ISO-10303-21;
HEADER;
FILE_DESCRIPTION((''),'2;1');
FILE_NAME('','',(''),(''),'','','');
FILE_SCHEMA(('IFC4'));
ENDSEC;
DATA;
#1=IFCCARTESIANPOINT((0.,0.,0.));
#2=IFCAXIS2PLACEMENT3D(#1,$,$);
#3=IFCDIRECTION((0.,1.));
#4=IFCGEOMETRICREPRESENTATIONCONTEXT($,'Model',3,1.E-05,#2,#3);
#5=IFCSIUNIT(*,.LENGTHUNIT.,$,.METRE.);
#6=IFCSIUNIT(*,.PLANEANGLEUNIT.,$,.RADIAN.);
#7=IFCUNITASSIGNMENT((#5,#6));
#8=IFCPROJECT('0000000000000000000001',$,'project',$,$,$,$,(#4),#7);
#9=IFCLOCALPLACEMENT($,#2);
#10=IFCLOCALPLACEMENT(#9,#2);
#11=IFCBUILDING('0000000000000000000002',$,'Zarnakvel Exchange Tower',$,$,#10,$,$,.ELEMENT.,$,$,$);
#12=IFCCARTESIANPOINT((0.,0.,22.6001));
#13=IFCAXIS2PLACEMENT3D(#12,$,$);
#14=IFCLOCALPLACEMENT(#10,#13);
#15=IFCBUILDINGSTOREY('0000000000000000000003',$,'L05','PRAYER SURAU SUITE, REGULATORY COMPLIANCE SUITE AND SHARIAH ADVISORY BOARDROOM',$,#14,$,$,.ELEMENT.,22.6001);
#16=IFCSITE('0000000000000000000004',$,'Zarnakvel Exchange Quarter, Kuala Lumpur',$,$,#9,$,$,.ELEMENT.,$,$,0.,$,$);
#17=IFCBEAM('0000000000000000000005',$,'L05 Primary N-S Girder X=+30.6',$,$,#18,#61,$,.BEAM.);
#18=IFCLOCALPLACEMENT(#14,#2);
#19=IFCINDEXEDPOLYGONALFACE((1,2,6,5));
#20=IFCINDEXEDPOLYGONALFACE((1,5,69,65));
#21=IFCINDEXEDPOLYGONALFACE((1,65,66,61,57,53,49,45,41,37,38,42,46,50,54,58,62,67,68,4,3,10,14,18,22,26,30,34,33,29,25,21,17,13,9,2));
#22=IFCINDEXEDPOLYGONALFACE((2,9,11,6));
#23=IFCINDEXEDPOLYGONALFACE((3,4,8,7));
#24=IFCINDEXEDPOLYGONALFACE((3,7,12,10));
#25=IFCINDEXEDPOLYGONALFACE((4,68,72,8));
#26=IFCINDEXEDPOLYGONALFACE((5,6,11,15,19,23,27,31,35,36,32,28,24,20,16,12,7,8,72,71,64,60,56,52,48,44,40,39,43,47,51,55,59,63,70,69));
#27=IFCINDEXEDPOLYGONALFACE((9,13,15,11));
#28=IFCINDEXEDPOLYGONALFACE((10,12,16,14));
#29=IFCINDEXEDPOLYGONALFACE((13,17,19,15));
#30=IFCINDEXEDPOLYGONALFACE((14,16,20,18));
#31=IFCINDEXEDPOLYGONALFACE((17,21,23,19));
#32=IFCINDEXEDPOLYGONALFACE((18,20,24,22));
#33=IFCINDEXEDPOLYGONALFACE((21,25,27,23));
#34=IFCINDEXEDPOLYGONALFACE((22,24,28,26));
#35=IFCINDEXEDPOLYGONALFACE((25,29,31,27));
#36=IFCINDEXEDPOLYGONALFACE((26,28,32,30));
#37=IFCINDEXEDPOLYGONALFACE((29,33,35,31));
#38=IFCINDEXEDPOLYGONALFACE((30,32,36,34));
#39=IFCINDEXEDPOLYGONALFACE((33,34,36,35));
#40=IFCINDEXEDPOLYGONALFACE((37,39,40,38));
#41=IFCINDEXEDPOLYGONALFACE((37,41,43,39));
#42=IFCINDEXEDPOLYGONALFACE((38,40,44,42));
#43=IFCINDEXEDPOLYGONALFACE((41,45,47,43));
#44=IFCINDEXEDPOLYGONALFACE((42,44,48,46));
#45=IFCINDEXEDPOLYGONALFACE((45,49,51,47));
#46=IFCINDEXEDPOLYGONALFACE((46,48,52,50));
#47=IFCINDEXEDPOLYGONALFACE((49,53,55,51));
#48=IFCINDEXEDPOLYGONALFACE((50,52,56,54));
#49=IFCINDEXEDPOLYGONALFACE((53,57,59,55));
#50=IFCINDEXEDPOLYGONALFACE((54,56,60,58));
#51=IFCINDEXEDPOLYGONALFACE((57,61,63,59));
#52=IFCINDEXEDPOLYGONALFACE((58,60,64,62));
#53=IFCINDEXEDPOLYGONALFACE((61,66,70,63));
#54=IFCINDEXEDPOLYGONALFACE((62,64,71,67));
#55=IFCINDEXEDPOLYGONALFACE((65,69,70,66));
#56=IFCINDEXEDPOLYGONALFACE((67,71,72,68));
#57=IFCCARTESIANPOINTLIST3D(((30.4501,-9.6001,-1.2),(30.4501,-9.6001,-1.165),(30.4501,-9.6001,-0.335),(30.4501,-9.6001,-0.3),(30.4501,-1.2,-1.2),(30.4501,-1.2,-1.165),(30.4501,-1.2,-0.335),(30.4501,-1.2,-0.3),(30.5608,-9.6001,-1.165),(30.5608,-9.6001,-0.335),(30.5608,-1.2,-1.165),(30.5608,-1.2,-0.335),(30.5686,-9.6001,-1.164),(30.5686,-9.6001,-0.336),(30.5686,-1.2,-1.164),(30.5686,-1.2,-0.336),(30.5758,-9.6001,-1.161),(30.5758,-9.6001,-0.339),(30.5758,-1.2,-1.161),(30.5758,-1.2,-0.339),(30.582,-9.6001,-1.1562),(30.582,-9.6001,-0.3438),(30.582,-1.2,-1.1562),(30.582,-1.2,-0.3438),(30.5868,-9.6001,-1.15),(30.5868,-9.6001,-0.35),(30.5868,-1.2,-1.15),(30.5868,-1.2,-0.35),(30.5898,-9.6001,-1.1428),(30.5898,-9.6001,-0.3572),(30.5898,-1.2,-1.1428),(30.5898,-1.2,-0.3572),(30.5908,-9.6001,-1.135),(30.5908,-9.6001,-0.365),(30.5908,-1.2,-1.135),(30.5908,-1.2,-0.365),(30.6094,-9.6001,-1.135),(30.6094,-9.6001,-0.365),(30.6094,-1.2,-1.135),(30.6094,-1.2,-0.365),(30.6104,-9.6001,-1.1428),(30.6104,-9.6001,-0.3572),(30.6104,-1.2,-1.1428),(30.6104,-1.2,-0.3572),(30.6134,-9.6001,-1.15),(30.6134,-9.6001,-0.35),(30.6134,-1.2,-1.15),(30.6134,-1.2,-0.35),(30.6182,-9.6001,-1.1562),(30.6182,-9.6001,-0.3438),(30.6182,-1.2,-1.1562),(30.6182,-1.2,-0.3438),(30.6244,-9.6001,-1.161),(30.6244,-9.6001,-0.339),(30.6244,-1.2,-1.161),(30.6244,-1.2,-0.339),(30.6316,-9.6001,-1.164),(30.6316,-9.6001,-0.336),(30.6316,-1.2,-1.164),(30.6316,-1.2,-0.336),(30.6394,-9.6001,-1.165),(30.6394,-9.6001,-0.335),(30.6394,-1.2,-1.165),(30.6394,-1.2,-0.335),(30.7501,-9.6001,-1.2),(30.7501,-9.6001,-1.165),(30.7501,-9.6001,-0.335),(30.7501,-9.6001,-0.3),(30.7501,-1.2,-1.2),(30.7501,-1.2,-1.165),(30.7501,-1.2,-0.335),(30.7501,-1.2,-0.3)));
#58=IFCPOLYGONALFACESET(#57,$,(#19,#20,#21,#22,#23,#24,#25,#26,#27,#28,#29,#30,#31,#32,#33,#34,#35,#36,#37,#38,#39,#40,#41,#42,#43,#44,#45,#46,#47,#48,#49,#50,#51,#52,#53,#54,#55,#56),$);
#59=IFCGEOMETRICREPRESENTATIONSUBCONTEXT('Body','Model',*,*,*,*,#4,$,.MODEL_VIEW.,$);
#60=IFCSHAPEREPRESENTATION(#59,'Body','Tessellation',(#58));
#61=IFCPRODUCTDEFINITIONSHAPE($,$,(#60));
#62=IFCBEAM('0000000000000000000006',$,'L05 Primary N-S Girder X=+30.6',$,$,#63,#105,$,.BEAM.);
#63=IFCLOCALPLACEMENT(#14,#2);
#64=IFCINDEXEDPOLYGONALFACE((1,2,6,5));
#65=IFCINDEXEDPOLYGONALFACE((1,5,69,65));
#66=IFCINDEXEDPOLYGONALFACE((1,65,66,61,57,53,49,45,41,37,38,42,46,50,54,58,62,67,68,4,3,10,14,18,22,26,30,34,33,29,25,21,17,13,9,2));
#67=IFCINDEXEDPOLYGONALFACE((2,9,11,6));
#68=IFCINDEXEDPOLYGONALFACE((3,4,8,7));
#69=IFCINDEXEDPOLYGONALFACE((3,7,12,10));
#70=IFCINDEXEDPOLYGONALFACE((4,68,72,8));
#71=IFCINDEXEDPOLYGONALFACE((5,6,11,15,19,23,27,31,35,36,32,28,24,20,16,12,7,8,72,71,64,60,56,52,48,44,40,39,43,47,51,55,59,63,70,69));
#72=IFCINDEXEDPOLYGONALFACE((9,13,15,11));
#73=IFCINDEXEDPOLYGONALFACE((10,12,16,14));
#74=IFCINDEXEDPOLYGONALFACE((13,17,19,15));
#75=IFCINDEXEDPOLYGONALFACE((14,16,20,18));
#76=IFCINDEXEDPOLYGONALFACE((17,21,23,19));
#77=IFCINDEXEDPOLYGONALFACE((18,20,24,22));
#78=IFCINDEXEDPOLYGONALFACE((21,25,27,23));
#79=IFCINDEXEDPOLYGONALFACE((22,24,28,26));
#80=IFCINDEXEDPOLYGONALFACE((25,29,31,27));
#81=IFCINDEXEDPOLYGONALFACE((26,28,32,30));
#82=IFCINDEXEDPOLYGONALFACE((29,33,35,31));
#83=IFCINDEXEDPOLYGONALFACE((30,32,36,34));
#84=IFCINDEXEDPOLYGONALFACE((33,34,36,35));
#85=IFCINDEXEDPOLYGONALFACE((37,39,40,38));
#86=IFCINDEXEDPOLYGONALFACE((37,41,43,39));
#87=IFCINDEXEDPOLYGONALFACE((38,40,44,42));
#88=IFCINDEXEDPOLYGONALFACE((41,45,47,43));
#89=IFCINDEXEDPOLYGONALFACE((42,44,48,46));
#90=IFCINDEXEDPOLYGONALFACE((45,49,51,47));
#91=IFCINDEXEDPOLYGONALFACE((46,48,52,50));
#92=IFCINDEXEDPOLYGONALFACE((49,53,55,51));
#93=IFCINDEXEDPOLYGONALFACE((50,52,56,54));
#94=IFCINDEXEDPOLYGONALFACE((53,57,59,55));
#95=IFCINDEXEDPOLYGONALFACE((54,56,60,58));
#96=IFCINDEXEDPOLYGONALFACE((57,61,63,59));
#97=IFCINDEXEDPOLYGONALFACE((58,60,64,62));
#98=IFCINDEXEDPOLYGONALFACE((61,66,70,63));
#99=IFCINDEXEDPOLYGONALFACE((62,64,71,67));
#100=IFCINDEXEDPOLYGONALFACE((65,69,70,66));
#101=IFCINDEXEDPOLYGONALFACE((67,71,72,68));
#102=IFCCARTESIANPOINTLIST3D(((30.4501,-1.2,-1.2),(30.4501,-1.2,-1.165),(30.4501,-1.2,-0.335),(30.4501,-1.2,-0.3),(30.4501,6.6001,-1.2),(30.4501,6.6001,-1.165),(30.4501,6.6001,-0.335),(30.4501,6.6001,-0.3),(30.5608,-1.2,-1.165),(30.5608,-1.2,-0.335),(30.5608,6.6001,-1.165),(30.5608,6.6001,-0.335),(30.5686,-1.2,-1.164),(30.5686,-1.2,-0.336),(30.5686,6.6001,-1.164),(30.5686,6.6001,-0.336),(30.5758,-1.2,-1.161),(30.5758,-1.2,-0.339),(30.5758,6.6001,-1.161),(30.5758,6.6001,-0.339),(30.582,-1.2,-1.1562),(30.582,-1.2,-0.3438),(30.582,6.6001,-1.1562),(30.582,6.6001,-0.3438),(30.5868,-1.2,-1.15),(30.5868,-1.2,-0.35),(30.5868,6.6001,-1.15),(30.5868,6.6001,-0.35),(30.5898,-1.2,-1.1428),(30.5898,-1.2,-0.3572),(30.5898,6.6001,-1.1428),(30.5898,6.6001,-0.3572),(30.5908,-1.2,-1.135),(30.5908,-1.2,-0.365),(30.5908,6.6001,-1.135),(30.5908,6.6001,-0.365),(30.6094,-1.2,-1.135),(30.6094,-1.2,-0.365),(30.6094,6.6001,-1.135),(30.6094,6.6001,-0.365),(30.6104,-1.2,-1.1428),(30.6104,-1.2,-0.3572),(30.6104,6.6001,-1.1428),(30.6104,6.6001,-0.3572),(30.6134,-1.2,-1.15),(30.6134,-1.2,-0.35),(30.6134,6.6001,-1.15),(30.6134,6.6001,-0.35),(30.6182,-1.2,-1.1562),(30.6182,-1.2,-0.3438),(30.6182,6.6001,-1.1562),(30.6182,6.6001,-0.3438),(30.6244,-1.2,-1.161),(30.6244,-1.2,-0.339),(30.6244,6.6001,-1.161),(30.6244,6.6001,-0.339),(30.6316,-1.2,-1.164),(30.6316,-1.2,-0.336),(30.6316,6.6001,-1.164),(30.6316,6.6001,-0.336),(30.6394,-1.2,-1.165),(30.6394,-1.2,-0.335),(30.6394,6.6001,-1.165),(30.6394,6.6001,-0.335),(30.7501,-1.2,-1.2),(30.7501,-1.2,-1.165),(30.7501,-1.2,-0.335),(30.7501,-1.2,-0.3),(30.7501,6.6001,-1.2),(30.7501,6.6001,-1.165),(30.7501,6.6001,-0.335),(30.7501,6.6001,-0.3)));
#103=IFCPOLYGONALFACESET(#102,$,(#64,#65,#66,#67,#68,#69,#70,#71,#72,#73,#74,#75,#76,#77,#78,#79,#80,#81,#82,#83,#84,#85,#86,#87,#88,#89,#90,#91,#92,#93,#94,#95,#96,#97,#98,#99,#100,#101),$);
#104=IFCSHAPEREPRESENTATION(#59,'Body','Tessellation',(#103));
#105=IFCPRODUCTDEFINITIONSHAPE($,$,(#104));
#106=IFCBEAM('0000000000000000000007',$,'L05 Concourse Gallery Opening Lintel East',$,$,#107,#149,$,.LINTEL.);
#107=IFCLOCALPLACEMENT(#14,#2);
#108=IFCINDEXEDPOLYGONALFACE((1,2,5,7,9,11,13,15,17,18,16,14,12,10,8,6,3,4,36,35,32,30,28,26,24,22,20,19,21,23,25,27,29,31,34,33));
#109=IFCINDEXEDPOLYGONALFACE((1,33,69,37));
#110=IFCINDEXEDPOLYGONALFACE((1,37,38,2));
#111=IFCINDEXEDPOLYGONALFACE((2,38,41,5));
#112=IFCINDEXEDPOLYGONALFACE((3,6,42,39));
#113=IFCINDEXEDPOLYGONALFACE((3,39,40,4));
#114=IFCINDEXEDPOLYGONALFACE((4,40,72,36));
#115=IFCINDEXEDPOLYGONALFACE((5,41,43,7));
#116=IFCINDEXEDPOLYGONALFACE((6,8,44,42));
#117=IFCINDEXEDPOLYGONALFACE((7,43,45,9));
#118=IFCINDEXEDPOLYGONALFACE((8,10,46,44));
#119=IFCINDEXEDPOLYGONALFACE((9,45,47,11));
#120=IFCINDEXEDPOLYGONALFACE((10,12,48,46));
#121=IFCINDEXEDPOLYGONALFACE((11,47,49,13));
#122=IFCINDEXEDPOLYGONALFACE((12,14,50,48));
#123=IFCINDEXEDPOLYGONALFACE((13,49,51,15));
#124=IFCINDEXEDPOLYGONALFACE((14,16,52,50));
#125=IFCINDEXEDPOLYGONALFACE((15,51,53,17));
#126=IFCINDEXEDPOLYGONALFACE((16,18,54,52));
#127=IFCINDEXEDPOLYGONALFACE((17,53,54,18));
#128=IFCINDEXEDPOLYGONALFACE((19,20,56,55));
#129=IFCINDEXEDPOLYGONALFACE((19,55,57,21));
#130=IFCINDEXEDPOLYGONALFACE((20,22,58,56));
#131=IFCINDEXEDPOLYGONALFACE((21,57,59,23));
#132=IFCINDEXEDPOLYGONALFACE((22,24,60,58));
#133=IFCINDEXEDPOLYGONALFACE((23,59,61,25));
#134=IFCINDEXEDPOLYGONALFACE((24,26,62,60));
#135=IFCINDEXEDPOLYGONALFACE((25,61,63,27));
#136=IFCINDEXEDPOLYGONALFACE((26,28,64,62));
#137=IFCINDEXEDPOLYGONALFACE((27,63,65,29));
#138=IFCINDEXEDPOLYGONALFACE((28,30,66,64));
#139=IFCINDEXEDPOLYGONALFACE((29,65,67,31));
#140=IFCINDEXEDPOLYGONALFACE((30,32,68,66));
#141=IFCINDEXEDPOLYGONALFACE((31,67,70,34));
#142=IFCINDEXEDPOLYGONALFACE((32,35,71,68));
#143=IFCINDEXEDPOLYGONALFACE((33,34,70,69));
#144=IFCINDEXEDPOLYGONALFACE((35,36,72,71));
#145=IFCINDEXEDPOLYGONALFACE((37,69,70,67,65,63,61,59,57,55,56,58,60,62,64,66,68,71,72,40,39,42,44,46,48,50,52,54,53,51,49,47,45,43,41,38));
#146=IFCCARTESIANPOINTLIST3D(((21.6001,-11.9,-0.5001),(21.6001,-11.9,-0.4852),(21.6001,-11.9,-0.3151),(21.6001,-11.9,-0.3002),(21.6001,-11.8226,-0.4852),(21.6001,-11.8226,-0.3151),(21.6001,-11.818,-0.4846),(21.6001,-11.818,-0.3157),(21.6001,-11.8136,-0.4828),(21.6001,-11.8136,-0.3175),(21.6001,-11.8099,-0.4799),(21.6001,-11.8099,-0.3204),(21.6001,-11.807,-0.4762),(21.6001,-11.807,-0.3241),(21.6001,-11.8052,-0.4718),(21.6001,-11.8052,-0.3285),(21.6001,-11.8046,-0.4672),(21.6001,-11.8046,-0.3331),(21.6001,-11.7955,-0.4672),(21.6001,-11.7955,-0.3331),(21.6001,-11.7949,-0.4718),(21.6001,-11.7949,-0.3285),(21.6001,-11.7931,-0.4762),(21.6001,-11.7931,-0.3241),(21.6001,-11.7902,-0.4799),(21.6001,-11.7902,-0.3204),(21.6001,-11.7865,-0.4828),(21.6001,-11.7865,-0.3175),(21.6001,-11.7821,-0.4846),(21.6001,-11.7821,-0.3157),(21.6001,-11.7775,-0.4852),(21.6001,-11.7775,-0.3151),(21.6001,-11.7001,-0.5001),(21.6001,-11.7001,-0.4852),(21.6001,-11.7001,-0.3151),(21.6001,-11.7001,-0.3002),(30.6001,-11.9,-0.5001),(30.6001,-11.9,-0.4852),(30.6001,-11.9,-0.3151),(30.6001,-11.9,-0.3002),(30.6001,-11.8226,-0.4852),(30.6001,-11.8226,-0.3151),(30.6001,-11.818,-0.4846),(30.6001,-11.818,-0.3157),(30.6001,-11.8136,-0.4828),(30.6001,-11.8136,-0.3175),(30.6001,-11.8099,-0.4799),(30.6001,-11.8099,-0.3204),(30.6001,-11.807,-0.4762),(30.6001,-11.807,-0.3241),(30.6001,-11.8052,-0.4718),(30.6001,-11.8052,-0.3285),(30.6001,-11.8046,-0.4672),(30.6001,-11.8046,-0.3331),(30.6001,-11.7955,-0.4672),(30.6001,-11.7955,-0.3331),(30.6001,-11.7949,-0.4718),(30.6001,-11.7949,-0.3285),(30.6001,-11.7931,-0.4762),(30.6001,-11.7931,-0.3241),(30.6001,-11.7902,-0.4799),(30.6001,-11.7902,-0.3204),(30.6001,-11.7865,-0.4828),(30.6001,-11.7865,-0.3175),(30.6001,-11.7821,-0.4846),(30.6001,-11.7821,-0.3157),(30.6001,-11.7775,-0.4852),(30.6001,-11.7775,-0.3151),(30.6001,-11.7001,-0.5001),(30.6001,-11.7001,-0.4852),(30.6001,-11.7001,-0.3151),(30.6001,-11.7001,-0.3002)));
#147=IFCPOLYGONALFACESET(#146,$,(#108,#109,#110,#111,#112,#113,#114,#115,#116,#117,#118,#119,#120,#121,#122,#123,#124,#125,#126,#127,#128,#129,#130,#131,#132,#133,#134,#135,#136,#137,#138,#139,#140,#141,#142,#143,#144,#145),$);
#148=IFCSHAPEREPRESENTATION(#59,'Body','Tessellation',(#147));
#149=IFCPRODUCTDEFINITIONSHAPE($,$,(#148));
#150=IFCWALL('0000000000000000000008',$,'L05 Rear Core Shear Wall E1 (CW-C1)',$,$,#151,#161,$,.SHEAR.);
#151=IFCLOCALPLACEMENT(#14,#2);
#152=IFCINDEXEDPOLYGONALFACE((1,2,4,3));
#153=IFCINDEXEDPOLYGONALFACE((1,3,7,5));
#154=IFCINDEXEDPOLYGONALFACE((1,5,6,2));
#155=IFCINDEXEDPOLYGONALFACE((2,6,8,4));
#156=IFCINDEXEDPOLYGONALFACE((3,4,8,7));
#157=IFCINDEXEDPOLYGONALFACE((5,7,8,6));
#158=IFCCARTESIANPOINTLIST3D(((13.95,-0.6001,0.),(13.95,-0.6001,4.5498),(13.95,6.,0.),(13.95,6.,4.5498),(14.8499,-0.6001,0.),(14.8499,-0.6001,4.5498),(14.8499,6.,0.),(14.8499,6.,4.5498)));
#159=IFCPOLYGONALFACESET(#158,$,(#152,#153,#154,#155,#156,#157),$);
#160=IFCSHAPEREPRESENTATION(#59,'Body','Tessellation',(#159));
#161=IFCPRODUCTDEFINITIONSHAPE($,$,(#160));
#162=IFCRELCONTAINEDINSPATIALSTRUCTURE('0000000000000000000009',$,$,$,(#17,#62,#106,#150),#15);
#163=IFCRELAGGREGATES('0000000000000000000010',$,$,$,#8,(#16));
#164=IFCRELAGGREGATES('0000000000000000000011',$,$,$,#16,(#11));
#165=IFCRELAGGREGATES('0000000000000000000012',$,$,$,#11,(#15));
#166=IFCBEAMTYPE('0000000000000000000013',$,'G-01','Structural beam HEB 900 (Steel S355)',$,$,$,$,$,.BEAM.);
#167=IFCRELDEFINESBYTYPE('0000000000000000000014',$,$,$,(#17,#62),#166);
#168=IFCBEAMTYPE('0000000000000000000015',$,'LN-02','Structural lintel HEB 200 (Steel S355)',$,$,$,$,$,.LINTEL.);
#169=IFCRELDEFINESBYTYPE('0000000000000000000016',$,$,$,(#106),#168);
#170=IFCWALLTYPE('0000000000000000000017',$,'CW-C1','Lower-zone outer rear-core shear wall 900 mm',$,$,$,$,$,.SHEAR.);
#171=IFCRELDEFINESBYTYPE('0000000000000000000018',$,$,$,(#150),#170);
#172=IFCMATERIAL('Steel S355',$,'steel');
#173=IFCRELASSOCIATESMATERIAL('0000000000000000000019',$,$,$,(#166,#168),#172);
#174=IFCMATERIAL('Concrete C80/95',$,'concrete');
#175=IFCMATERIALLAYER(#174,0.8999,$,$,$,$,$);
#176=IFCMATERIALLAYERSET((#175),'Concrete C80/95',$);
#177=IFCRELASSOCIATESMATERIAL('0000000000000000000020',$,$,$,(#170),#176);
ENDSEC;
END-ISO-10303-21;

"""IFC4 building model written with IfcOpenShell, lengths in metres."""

from ifc_helpers import new_model, si_unit, direction, frame, frame_2d, origin, origin_2d, place, context, subcontext, project, spatial, rectangle, i_section, extrude, material, layer, layer_set, material_profile, profile_set, type_object, element, save


model = new_model("IFC4")

# Units and contexts
model_context = context("Model", 3, precision=1e-05, world=origin(), true_north=direction((0.0, 1.0)))
body_context = subcontext(model_context, "Body", "Model", "MODEL_VIEW")
ifc_project = project(units=[si_unit("LENGTHUNIT", "METRE"), si_unit("PLANEANGLEUNIT", "RADIAN")], contexts=[model_context])

# Site, building, storey
site_placement = place(None, origin())
site = spatial("IfcSite", under=ifc_project, at=site_placement, Name="Zarnakvel Exchange Quarter, Kuala Lumpur", CompositionType="ELEMENT", RefElevation=0.0)
building_placement = place(site_placement, origin())
building = spatial("IfcBuilding", under=site, at=building_placement, Name="Zarnakvel Exchange Tower", CompositionType="ELEMENT")
storey_placement = place(building_placement, frame((0.0, 0.0, 22.6001)))
storey = spatial("IfcBuildingStorey", under=building, at=storey_placement, Name="L05", Description="PRAYER SURAU SUITE, REGULATORY COMPLIANCE SUITE AND SHARIAH ADVISORY BOARDROOM", CompositionType="ELEMENT", Elevation=22.6001)

# Shared definitions
ifc_material_1 = material(Name="Concrete C80/95", Category="concrete")

# Beams
ifc_material_2 = material(Name="Steel S355", Category="steel")
ifc_material_profile_1 = material_profile(ifc_material_2, i_section(OverallWidth=0.3, OverallDepth=0.8999, WebThickness=0.0186, FlangeThickness=0.0349, FilletRadius=0.03, at=origin_2d()))
ifc_profile_set_1 = profile_set([ifc_material_profile_1], Name="Steel S355")
beam_type_1 = type_object("IfcBeamType", Name="G-01", Description="Structural beam HEB 900 (Steel S355)", PredefinedType="BEAM", material=ifc_profile_set_1)
beam_1_placement = place(storey_placement, frame((30.6001, -9.6001, -0.75), z_axis=(0.0, 1.0, 0.0), x_axis=(-1.0, 0.0, 0.0)))
element("IfcBeam", 1, at=beam_1_placement, inside=storey, type_object=beam_type_1, Name="L05 Primary N-S Girder X=+30.6", PredefinedType="BEAM", context=body_context, shape_type="SweptSolid", body=[
    extrude(i_section(OverallWidth=0.3, OverallDepth=0.8999, WebThickness=0.0186, FlangeThickness=0.0349, FilletRadius=0.03, at=origin_2d()), origin(), (0.0, 0.0, 1.0), 8.4001),
])
beam_2_placement = place(storey_placement, frame((30.6001, -1.2, -0.75), z_axis=(0.0, 1.0, 0.0), x_axis=(-1.0, 0.0, 0.0)))
element("IfcBeam", 2, at=beam_2_placement, inside=storey, type_object=beam_type_1, Name="L05 Primary N-S Girder X=+30.6", PredefinedType="BEAM", context=body_context, shape_type="SweptSolid", body=[
    extrude(i_section(OverallWidth=0.3, OverallDepth=0.8999, WebThickness=0.0186, FlangeThickness=0.0349, FilletRadius=0.03, at=origin_2d()), origin(), (0.0, 0.0, 1.0), 7.8),
])
ifc_material_profile_2 = material_profile(ifc_material_2, i_section(OverallWidth=0.2, OverallDepth=0.2, WebThickness=0.009, FlangeThickness=0.0149, FilletRadius=0.0181, at=origin_2d()))
ifc_profile_set_2 = profile_set([ifc_material_profile_2], Name="Steel S355")
beam_type_2 = type_object("IfcBeamType", Name="LN-02", Description="Structural lintel HEB 200 (Steel S355)", PredefinedType="LINTEL", material=ifc_profile_set_2)
beam_3_placement = place(storey_placement, frame((21.6001, -11.8, -0.4001), z_axis=(1.0, 0.0, 0.0), x_axis=(0.0, 1.0, 0.0)))
element("IfcBeam", 3, at=beam_3_placement, inside=storey, type_object=beam_type_2, Name="L05 Concourse Gallery Opening Lintel East", PredefinedType="LINTEL", context=body_context, shape_type="SweptSolid", body=[
    extrude(i_section(OverallWidth=0.2, OverallDepth=0.2, WebThickness=0.009, FlangeThickness=0.0149, FilletRadius=0.0181, at=origin_2d()), origin(), (0.0, 0.0, 1.0), 9.0),
])

# Wall
ifc_layer_1 = layer(ifc_material_1, 0.8999)
ifc_layer_set_1 = layer_set([ifc_layer_1], Name="Concrete C80/95")
wall_type_1 = type_object("IfcWallType", Name="CW-C1", Description="Lower-zone outer rear-core shear wall 900 mm", PredefinedType="SHEAR", material=ifc_layer_set_1)
wall_1_placement = place(storey_placement, frame((14.3999, -0.6001, 0.0), z_axis=(0.0, 0.0, 1.0), x_axis=(0.0, 1.0, 0.0)))
element("IfcWall", 4, at=wall_1_placement, inside=storey, type_object=wall_type_1, Name="L05 Rear Core Shear Wall E1 (CW-C1)", PredefinedType="SHEAR", context=body_context, shape_type="SweptSolid", body=[
    extrude(rectangle(XDim=6.6001, YDim=0.8999, at=frame_2d((3.3, 0.0))), origin(), (0.0, 0.0, 1.0), 4.5498),
])

save(model, "model.ifc")
